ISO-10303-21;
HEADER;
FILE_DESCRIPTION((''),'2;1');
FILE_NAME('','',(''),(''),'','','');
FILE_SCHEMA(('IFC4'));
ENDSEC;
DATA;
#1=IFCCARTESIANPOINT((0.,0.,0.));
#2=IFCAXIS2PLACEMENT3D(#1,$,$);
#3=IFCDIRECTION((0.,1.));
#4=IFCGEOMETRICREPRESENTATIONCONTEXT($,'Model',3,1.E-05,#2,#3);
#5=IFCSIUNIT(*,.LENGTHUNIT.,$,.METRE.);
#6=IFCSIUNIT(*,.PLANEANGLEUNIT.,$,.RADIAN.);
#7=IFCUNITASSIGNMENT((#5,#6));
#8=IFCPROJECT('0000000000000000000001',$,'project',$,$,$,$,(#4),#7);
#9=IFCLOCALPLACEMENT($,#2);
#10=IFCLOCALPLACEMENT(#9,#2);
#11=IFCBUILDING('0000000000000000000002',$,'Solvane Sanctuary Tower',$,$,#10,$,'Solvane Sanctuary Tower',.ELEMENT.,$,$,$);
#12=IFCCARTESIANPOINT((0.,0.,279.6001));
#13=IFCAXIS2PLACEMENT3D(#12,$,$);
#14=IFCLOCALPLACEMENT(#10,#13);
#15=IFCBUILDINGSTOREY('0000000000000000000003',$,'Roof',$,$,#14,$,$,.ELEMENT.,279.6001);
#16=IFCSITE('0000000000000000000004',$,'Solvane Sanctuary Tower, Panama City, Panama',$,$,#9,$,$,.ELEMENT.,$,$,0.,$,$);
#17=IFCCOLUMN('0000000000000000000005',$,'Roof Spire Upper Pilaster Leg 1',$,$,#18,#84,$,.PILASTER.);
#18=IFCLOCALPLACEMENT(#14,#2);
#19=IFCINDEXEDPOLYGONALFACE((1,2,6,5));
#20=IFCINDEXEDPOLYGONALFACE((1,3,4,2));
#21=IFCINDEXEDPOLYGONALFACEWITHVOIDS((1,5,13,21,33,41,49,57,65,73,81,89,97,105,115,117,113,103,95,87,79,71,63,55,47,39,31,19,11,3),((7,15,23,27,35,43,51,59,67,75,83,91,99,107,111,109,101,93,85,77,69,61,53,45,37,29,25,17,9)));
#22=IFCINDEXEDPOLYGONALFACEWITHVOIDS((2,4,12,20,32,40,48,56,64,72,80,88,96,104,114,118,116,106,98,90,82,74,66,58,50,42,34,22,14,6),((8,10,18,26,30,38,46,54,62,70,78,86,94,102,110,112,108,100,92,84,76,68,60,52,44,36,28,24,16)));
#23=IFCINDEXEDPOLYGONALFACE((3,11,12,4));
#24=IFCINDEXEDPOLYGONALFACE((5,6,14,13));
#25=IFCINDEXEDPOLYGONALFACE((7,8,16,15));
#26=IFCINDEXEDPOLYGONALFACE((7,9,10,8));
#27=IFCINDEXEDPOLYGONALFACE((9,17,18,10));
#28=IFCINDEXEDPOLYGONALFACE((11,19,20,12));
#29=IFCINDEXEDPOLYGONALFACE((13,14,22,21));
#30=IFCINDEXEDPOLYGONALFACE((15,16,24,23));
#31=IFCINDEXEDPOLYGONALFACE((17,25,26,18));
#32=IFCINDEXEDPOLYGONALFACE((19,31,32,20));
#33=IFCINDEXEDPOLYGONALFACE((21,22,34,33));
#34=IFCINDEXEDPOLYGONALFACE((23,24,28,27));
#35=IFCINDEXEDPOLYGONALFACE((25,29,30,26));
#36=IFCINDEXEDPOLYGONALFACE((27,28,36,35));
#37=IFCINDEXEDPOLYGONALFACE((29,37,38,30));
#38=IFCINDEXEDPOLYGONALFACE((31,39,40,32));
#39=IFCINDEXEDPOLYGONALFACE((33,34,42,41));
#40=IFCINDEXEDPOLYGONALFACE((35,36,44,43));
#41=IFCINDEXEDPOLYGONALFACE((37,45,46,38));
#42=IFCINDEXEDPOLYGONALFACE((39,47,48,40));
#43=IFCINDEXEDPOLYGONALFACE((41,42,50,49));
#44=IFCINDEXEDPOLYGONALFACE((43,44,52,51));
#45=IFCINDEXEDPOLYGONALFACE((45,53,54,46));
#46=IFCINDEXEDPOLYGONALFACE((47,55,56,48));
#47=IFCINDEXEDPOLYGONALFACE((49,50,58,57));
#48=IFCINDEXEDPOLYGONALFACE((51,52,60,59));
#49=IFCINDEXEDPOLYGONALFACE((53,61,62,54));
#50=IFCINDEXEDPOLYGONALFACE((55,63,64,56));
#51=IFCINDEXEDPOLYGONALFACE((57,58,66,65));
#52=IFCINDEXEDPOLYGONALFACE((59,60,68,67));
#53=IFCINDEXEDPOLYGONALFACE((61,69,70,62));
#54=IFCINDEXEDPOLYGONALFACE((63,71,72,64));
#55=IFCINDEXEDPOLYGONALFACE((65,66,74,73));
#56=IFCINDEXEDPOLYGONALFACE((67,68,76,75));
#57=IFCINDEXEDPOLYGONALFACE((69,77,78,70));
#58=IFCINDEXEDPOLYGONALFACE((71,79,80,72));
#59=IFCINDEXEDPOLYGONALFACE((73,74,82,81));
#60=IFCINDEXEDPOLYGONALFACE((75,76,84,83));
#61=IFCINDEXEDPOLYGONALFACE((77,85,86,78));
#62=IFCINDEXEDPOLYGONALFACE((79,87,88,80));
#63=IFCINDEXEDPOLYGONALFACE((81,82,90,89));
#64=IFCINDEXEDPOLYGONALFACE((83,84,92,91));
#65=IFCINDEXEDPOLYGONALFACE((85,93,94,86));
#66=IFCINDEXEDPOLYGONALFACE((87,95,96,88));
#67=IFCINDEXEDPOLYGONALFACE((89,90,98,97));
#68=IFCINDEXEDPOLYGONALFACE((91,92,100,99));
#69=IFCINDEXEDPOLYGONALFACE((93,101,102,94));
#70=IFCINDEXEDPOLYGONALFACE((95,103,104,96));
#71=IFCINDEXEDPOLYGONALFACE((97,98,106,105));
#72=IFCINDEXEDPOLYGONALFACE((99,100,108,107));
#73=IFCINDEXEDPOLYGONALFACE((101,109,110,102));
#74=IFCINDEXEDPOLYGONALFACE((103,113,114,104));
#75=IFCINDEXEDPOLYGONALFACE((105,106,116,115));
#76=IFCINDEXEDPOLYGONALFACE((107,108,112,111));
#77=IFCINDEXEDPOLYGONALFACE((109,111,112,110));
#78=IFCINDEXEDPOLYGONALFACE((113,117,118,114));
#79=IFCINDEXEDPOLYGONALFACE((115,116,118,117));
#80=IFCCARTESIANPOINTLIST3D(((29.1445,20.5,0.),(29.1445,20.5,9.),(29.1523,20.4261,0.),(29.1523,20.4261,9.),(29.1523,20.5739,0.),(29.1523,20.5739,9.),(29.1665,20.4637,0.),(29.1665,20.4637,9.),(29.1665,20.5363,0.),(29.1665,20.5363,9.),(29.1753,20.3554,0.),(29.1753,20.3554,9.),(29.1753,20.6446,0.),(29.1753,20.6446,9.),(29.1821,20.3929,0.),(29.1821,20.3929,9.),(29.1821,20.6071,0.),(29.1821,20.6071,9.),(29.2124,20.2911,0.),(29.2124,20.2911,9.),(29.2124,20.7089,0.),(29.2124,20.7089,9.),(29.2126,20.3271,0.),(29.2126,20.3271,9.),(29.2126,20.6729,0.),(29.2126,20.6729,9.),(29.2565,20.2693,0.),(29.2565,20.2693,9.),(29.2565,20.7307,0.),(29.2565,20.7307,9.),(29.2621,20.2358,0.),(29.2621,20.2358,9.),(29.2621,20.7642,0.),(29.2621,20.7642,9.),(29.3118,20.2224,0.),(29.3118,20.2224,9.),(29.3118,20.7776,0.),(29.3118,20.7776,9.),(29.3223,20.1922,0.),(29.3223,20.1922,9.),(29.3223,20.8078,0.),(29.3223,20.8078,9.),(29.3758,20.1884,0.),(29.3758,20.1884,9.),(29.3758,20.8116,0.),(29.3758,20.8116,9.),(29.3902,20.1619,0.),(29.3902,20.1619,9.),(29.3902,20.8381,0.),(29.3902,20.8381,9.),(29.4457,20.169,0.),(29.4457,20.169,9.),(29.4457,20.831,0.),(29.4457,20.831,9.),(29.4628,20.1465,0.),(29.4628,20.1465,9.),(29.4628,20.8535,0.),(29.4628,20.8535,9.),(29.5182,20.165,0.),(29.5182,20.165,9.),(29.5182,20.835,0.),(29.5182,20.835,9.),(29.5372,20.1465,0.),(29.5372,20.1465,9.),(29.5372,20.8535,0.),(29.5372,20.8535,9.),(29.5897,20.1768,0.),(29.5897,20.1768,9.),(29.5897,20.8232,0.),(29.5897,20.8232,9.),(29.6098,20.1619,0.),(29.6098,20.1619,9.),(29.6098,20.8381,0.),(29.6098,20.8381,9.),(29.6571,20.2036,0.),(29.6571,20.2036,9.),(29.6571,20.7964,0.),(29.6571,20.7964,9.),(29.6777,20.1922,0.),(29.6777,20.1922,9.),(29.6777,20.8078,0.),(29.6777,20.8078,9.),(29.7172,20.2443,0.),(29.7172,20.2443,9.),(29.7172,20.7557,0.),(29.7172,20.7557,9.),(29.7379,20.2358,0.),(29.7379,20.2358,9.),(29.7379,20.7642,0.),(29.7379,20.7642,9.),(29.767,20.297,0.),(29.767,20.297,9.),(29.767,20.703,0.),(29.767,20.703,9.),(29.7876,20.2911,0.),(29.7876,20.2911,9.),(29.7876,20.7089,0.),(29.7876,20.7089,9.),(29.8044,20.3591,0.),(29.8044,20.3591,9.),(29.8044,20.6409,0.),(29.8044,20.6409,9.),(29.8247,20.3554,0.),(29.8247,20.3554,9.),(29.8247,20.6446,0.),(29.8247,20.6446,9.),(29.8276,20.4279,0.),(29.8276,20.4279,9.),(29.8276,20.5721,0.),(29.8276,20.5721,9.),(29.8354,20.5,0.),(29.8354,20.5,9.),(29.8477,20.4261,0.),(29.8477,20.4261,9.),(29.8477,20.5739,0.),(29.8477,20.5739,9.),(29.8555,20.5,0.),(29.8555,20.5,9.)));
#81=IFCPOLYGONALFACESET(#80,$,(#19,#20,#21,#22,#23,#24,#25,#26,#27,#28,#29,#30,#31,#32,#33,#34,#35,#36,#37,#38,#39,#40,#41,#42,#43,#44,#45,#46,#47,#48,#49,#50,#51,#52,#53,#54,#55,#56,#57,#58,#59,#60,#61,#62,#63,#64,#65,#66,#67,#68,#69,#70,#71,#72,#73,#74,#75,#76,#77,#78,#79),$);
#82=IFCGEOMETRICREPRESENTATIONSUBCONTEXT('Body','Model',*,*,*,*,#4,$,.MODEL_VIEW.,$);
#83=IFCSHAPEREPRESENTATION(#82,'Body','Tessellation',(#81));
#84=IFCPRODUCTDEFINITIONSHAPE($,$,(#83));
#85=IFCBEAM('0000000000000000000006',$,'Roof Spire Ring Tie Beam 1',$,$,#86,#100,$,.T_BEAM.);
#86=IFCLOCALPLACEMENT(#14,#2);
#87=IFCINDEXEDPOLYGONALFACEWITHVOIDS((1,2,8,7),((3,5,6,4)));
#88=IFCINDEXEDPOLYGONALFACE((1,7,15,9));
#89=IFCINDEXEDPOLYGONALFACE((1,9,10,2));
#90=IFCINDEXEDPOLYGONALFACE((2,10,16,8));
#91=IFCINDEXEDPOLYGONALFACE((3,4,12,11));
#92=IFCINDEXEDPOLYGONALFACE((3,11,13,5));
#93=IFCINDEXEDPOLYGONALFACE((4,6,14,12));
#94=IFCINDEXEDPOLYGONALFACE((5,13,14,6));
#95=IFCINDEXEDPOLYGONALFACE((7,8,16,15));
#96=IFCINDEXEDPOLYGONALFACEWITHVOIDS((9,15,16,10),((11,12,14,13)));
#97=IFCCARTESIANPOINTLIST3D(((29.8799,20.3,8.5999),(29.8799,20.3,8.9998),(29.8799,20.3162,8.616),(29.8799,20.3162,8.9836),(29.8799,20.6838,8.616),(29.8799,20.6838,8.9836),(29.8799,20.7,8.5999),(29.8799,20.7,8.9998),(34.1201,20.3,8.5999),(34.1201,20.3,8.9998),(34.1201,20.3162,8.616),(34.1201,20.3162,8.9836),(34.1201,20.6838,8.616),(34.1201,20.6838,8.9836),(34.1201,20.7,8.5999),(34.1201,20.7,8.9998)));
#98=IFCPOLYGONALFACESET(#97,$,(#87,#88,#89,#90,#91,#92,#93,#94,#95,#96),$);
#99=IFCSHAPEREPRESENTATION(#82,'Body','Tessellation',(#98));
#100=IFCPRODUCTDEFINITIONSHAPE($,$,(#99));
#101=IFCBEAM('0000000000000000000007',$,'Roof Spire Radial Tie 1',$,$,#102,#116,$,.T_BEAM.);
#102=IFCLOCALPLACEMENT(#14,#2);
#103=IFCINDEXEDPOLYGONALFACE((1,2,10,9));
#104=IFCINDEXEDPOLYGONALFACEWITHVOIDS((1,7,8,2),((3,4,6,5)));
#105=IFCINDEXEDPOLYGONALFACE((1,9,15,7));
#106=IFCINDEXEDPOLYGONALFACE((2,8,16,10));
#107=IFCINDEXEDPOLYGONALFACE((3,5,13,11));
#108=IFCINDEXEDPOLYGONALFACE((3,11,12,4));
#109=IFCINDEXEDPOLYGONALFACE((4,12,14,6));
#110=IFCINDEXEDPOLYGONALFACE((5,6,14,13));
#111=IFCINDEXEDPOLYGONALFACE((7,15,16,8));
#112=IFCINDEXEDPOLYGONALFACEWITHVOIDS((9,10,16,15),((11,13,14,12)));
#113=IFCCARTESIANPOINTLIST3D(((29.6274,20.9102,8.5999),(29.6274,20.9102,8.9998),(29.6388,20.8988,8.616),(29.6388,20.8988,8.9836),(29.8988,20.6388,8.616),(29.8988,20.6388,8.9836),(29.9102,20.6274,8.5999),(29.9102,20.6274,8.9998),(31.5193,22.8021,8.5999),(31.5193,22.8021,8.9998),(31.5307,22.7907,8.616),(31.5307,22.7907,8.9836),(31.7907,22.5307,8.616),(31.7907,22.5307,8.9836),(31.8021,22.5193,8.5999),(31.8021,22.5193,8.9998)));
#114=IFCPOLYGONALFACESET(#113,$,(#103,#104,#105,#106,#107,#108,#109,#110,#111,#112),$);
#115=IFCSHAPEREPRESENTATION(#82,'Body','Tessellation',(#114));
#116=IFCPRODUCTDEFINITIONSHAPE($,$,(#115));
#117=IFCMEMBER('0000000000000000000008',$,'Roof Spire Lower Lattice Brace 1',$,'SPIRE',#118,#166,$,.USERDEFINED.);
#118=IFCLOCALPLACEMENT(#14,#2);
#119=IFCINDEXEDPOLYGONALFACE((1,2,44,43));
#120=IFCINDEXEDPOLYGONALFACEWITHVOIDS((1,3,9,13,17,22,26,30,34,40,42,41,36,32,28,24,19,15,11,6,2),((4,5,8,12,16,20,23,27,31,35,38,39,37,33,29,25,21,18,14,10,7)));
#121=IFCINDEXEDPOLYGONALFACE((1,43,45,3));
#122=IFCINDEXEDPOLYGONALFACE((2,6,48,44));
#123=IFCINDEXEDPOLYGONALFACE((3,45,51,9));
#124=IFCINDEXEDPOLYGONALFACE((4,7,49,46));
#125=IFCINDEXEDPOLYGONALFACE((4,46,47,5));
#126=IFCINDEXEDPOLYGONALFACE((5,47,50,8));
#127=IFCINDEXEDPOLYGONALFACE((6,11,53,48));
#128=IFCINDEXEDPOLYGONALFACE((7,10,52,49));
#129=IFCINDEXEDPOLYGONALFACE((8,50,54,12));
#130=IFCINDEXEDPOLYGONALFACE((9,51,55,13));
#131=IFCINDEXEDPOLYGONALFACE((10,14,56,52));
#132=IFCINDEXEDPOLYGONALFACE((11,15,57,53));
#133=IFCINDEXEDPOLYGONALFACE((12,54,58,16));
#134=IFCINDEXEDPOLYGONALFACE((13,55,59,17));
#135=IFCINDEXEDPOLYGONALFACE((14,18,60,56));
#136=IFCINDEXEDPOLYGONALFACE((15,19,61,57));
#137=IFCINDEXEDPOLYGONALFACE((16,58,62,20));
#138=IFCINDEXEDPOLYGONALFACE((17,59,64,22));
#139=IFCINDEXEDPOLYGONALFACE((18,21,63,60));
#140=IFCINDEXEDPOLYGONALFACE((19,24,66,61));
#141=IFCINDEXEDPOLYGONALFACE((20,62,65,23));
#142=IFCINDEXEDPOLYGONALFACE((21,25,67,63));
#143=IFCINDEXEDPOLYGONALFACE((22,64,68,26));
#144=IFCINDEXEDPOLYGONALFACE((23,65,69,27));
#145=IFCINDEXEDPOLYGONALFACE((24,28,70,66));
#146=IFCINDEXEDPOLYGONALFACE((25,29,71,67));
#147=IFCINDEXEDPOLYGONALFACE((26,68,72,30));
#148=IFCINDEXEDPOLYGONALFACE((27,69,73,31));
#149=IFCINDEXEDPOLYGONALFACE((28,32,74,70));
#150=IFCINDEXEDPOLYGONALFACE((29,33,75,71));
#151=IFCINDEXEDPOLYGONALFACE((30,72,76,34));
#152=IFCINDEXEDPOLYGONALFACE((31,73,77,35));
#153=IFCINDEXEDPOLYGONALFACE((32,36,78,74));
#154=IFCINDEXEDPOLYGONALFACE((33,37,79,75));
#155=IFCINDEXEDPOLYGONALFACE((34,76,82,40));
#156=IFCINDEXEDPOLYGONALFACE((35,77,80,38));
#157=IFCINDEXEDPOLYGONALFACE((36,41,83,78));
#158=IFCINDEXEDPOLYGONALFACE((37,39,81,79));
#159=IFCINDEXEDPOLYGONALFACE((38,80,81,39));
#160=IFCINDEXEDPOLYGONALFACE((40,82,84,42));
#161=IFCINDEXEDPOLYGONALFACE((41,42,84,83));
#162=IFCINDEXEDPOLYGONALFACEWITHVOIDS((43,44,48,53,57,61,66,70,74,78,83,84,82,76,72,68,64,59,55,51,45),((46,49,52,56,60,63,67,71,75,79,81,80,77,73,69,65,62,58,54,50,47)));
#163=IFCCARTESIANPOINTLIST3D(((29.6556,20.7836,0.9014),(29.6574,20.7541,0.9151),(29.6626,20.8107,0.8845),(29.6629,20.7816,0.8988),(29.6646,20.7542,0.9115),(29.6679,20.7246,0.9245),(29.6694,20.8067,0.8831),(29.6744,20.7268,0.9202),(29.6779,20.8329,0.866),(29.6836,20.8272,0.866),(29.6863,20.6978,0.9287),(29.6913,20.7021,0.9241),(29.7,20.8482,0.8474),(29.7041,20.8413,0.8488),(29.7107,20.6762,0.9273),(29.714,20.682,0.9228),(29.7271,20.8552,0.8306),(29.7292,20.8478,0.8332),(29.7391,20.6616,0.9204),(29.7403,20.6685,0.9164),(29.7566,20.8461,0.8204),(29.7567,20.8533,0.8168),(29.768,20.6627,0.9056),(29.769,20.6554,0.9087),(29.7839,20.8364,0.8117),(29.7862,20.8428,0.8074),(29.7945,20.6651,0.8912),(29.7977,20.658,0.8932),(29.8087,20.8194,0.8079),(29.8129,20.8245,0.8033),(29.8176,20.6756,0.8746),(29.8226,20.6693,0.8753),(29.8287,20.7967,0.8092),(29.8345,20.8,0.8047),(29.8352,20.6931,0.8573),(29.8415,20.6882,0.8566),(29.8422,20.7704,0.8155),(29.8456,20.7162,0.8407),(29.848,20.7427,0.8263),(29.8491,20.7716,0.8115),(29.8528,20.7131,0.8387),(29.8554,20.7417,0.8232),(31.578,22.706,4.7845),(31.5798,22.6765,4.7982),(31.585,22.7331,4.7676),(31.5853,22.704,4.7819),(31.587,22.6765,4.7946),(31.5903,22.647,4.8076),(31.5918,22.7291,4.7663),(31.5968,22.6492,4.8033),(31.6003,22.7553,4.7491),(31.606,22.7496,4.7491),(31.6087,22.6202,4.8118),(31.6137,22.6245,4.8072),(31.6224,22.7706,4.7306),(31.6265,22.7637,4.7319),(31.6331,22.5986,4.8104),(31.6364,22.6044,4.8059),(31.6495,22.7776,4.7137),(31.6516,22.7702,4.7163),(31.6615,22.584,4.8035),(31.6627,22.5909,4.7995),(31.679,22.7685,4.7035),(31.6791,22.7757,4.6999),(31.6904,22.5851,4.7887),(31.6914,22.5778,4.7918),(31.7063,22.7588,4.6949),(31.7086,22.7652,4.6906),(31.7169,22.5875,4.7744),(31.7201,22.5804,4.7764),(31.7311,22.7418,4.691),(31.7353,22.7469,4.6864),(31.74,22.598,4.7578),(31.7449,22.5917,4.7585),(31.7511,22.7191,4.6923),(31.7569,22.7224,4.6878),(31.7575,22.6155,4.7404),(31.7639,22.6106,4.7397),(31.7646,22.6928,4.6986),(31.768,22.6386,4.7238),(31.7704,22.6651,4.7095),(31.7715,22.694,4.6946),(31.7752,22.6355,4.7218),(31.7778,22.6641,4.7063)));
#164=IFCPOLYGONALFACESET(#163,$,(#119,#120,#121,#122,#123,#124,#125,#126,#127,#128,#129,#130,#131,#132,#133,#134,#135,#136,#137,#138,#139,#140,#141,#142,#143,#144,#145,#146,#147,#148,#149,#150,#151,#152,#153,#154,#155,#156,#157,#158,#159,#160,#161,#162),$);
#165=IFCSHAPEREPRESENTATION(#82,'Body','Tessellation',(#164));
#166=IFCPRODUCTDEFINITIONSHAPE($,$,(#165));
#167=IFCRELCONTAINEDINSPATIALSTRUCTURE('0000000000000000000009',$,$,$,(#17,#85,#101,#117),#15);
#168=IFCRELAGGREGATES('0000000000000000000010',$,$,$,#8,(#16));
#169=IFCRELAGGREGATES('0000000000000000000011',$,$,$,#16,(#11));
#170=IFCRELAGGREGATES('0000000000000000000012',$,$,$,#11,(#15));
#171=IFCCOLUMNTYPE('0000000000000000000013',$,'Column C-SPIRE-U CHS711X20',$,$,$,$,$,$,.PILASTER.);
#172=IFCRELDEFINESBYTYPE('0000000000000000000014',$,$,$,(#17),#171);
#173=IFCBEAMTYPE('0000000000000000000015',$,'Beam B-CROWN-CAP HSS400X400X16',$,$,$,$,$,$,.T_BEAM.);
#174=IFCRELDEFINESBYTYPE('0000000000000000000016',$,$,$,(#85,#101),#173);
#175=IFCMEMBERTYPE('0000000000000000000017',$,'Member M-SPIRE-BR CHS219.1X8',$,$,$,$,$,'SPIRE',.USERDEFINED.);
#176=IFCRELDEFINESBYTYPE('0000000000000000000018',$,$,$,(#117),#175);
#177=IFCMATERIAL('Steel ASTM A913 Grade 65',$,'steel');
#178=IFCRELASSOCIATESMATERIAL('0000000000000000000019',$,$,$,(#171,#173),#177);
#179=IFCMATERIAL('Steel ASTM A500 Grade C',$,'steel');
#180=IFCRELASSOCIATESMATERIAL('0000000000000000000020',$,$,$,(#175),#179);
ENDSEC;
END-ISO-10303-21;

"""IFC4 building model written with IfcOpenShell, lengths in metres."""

from ifc_helpers import new_model, si_unit, direction, frame, origin, origin_2d, place, context, subcontext, project, spatial, hollow_rectangle, hollow_circle, extrude, material, material_profile, profile_set, type_object, element, save


model = new_model("IFC4")

# Units and contexts
model_context = context("Model", 3, precision=1e-05, world=origin(), true_north=direction((0.0, 1.0)))
body_context = subcontext(model_context, "Body", "Model", "MODEL_VIEW")
ifc_project = project(units=[si_unit("LENGTHUNIT", "METRE"), si_unit("PLANEANGLEUNIT", "RADIAN")], contexts=[model_context])

# Site, building, storey
site_placement = place(None, origin())
site = spatial("IfcSite", under=ifc_project, at=site_placement, Name="Solvane Sanctuary Tower, Panama City, Panama", CompositionType="ELEMENT", RefElevation=0.0)
building_placement = place(site_placement, origin())
building = spatial("IfcBuilding", under=site, at=building_placement, Name="Solvane Sanctuary Tower", LongName="Solvane Sanctuary Tower", CompositionType="ELEMENT")
storey_placement = place(building_placement, frame((0.0, 0.0, 279.6001)))
storey = spatial("IfcBuildingStorey", under=building, at=storey_placement, Name="Roof", CompositionType="ELEMENT", Elevation=279.6001)

# Column
ifc_material_1 = material(Name="Steel ASTM A913 Grade 65", Category="steel")
ifc_material_profile_1 = material_profile(ifc_material_1, hollow_circle(Radius=0.3555, WallThickness=0.02, at=origin_2d()), Name="CHS711X20")
ifc_profile_set_1 = profile_set([ifc_material_profile_1], Name="Steel ASTM A913 Grade 65")
column_type = type_object("IfcColumnType", Name="Column C-SPIRE-U CHS711X20", PredefinedType="PILASTER", material=ifc_profile_set_1)
column_placement = place(storey_placement, frame((29.5, 20.5, 0.0), z_axis=(0.0, 0.0, 1.0), x_axis=(1.0, 0.0, 0.0)))
element("IfcColumn", 1, at=column_placement, inside=storey, type_object=column_type, Name="Roof Spire Upper Pilaster Leg 1", PredefinedType="PILASTER", context=body_context, shape_type="SweptSolid", body=[
    extrude(hollow_circle(Radius=0.3555, WallThickness=0.02, at=origin_2d()), origin(), (0.0, 0.0, 1.0), 9.0),
])

# Beams
ifc_material_profile_2 = material_profile(ifc_material_1, hollow_rectangle(XDim=0.3999, YDim=0.3999, WallThickness=0.0161, at=origin_2d()), Name="HSS400X400X16")
ifc_profile_set_2 = profile_set([ifc_material_profile_2], Name="Steel ASTM A913 Grade 65")
beam_type = type_object("IfcBeamType", Name="Beam B-CROWN-CAP HSS400X400X16", PredefinedType="T_BEAM", material=ifc_profile_set_2)
beam_1_placement = place(storey_placement, frame((29.8799, 20.5, 8.7998), z_axis=(1.0, 0.0, 0.0), x_axis=(0.0, 1.0, 0.0)))
element("IfcBeam", 2, at=beam_1_placement, inside=storey, type_object=beam_type, Name="Roof Spire Ring Tie Beam 1", PredefinedType="T_BEAM", context=body_context, shape_type="SweptSolid", body=[
    extrude(hollow_rectangle(XDim=0.3999, YDim=0.3999, WallThickness=0.0161, at=origin_2d()), origin(), (0.0, 0.0, 1.0), 4.2402),
])
beam_2_placement = place(storey_placement, frame((29.7688, 20.7688, 8.7998), z_axis=(0.707107, 0.707107, 0.0), x_axis=(-0.707107, 0.707107, 0.0)))
element("IfcBeam", 3, at=beam_2_placement, inside=storey, type_object=beam_type, Name="Roof Spire Radial Tie 1", PredefinedType="T_BEAM", context=body_context, shape_type="SweptSolid", body=[
    extrude(hollow_rectangle(XDim=0.3999, YDim=0.3999, WallThickness=0.0161, at=origin_2d()), origin(), (0.0, 0.0, 1.0), 2.6755),
])

# Member
ifc_material_2 = material(Name="Steel ASTM A500 Grade C", Category="steel")
ifc_material_profile_3 = material_profile(ifc_material_2, hollow_circle(Radius=0.1096, WallThickness=0.0081, at=origin_2d()), Name="CHS219.1X8")
ifc_profile_set_3 = profile_set([ifc_material_profile_3], Name="Steel ASTM A500 Grade C")
member_type = type_object("IfcMemberType", Name="Member M-SPIRE-BR CHS219.1X8", ElementType="SPIRE", PredefinedType="USERDEFINED", material=ifc_profile_set_3)
member_1_placement = place(storey_placement, frame((29.7554, 20.7554, 0.866), z_axis=(0.405548, 0.405548, 0.819183), x_axis=(-0.707107, 0.707107, 0.0)))
element("IfcMember", 4, at=member_1_placement, inside=storey, type_object=member_type, Name="Roof Spire Lower Lattice Brace 1", ObjectType="SPIRE", PredefinedType="USERDEFINED", context=body_context, shape_type="SweptSolid", body=[
    extrude(hollow_circle(Radius=0.1096, WallThickness=0.0081, at=origin_2d()), origin(), (0.0, 0.0, 1.0), 4.7402),
])

save(model, "model.ifc")
